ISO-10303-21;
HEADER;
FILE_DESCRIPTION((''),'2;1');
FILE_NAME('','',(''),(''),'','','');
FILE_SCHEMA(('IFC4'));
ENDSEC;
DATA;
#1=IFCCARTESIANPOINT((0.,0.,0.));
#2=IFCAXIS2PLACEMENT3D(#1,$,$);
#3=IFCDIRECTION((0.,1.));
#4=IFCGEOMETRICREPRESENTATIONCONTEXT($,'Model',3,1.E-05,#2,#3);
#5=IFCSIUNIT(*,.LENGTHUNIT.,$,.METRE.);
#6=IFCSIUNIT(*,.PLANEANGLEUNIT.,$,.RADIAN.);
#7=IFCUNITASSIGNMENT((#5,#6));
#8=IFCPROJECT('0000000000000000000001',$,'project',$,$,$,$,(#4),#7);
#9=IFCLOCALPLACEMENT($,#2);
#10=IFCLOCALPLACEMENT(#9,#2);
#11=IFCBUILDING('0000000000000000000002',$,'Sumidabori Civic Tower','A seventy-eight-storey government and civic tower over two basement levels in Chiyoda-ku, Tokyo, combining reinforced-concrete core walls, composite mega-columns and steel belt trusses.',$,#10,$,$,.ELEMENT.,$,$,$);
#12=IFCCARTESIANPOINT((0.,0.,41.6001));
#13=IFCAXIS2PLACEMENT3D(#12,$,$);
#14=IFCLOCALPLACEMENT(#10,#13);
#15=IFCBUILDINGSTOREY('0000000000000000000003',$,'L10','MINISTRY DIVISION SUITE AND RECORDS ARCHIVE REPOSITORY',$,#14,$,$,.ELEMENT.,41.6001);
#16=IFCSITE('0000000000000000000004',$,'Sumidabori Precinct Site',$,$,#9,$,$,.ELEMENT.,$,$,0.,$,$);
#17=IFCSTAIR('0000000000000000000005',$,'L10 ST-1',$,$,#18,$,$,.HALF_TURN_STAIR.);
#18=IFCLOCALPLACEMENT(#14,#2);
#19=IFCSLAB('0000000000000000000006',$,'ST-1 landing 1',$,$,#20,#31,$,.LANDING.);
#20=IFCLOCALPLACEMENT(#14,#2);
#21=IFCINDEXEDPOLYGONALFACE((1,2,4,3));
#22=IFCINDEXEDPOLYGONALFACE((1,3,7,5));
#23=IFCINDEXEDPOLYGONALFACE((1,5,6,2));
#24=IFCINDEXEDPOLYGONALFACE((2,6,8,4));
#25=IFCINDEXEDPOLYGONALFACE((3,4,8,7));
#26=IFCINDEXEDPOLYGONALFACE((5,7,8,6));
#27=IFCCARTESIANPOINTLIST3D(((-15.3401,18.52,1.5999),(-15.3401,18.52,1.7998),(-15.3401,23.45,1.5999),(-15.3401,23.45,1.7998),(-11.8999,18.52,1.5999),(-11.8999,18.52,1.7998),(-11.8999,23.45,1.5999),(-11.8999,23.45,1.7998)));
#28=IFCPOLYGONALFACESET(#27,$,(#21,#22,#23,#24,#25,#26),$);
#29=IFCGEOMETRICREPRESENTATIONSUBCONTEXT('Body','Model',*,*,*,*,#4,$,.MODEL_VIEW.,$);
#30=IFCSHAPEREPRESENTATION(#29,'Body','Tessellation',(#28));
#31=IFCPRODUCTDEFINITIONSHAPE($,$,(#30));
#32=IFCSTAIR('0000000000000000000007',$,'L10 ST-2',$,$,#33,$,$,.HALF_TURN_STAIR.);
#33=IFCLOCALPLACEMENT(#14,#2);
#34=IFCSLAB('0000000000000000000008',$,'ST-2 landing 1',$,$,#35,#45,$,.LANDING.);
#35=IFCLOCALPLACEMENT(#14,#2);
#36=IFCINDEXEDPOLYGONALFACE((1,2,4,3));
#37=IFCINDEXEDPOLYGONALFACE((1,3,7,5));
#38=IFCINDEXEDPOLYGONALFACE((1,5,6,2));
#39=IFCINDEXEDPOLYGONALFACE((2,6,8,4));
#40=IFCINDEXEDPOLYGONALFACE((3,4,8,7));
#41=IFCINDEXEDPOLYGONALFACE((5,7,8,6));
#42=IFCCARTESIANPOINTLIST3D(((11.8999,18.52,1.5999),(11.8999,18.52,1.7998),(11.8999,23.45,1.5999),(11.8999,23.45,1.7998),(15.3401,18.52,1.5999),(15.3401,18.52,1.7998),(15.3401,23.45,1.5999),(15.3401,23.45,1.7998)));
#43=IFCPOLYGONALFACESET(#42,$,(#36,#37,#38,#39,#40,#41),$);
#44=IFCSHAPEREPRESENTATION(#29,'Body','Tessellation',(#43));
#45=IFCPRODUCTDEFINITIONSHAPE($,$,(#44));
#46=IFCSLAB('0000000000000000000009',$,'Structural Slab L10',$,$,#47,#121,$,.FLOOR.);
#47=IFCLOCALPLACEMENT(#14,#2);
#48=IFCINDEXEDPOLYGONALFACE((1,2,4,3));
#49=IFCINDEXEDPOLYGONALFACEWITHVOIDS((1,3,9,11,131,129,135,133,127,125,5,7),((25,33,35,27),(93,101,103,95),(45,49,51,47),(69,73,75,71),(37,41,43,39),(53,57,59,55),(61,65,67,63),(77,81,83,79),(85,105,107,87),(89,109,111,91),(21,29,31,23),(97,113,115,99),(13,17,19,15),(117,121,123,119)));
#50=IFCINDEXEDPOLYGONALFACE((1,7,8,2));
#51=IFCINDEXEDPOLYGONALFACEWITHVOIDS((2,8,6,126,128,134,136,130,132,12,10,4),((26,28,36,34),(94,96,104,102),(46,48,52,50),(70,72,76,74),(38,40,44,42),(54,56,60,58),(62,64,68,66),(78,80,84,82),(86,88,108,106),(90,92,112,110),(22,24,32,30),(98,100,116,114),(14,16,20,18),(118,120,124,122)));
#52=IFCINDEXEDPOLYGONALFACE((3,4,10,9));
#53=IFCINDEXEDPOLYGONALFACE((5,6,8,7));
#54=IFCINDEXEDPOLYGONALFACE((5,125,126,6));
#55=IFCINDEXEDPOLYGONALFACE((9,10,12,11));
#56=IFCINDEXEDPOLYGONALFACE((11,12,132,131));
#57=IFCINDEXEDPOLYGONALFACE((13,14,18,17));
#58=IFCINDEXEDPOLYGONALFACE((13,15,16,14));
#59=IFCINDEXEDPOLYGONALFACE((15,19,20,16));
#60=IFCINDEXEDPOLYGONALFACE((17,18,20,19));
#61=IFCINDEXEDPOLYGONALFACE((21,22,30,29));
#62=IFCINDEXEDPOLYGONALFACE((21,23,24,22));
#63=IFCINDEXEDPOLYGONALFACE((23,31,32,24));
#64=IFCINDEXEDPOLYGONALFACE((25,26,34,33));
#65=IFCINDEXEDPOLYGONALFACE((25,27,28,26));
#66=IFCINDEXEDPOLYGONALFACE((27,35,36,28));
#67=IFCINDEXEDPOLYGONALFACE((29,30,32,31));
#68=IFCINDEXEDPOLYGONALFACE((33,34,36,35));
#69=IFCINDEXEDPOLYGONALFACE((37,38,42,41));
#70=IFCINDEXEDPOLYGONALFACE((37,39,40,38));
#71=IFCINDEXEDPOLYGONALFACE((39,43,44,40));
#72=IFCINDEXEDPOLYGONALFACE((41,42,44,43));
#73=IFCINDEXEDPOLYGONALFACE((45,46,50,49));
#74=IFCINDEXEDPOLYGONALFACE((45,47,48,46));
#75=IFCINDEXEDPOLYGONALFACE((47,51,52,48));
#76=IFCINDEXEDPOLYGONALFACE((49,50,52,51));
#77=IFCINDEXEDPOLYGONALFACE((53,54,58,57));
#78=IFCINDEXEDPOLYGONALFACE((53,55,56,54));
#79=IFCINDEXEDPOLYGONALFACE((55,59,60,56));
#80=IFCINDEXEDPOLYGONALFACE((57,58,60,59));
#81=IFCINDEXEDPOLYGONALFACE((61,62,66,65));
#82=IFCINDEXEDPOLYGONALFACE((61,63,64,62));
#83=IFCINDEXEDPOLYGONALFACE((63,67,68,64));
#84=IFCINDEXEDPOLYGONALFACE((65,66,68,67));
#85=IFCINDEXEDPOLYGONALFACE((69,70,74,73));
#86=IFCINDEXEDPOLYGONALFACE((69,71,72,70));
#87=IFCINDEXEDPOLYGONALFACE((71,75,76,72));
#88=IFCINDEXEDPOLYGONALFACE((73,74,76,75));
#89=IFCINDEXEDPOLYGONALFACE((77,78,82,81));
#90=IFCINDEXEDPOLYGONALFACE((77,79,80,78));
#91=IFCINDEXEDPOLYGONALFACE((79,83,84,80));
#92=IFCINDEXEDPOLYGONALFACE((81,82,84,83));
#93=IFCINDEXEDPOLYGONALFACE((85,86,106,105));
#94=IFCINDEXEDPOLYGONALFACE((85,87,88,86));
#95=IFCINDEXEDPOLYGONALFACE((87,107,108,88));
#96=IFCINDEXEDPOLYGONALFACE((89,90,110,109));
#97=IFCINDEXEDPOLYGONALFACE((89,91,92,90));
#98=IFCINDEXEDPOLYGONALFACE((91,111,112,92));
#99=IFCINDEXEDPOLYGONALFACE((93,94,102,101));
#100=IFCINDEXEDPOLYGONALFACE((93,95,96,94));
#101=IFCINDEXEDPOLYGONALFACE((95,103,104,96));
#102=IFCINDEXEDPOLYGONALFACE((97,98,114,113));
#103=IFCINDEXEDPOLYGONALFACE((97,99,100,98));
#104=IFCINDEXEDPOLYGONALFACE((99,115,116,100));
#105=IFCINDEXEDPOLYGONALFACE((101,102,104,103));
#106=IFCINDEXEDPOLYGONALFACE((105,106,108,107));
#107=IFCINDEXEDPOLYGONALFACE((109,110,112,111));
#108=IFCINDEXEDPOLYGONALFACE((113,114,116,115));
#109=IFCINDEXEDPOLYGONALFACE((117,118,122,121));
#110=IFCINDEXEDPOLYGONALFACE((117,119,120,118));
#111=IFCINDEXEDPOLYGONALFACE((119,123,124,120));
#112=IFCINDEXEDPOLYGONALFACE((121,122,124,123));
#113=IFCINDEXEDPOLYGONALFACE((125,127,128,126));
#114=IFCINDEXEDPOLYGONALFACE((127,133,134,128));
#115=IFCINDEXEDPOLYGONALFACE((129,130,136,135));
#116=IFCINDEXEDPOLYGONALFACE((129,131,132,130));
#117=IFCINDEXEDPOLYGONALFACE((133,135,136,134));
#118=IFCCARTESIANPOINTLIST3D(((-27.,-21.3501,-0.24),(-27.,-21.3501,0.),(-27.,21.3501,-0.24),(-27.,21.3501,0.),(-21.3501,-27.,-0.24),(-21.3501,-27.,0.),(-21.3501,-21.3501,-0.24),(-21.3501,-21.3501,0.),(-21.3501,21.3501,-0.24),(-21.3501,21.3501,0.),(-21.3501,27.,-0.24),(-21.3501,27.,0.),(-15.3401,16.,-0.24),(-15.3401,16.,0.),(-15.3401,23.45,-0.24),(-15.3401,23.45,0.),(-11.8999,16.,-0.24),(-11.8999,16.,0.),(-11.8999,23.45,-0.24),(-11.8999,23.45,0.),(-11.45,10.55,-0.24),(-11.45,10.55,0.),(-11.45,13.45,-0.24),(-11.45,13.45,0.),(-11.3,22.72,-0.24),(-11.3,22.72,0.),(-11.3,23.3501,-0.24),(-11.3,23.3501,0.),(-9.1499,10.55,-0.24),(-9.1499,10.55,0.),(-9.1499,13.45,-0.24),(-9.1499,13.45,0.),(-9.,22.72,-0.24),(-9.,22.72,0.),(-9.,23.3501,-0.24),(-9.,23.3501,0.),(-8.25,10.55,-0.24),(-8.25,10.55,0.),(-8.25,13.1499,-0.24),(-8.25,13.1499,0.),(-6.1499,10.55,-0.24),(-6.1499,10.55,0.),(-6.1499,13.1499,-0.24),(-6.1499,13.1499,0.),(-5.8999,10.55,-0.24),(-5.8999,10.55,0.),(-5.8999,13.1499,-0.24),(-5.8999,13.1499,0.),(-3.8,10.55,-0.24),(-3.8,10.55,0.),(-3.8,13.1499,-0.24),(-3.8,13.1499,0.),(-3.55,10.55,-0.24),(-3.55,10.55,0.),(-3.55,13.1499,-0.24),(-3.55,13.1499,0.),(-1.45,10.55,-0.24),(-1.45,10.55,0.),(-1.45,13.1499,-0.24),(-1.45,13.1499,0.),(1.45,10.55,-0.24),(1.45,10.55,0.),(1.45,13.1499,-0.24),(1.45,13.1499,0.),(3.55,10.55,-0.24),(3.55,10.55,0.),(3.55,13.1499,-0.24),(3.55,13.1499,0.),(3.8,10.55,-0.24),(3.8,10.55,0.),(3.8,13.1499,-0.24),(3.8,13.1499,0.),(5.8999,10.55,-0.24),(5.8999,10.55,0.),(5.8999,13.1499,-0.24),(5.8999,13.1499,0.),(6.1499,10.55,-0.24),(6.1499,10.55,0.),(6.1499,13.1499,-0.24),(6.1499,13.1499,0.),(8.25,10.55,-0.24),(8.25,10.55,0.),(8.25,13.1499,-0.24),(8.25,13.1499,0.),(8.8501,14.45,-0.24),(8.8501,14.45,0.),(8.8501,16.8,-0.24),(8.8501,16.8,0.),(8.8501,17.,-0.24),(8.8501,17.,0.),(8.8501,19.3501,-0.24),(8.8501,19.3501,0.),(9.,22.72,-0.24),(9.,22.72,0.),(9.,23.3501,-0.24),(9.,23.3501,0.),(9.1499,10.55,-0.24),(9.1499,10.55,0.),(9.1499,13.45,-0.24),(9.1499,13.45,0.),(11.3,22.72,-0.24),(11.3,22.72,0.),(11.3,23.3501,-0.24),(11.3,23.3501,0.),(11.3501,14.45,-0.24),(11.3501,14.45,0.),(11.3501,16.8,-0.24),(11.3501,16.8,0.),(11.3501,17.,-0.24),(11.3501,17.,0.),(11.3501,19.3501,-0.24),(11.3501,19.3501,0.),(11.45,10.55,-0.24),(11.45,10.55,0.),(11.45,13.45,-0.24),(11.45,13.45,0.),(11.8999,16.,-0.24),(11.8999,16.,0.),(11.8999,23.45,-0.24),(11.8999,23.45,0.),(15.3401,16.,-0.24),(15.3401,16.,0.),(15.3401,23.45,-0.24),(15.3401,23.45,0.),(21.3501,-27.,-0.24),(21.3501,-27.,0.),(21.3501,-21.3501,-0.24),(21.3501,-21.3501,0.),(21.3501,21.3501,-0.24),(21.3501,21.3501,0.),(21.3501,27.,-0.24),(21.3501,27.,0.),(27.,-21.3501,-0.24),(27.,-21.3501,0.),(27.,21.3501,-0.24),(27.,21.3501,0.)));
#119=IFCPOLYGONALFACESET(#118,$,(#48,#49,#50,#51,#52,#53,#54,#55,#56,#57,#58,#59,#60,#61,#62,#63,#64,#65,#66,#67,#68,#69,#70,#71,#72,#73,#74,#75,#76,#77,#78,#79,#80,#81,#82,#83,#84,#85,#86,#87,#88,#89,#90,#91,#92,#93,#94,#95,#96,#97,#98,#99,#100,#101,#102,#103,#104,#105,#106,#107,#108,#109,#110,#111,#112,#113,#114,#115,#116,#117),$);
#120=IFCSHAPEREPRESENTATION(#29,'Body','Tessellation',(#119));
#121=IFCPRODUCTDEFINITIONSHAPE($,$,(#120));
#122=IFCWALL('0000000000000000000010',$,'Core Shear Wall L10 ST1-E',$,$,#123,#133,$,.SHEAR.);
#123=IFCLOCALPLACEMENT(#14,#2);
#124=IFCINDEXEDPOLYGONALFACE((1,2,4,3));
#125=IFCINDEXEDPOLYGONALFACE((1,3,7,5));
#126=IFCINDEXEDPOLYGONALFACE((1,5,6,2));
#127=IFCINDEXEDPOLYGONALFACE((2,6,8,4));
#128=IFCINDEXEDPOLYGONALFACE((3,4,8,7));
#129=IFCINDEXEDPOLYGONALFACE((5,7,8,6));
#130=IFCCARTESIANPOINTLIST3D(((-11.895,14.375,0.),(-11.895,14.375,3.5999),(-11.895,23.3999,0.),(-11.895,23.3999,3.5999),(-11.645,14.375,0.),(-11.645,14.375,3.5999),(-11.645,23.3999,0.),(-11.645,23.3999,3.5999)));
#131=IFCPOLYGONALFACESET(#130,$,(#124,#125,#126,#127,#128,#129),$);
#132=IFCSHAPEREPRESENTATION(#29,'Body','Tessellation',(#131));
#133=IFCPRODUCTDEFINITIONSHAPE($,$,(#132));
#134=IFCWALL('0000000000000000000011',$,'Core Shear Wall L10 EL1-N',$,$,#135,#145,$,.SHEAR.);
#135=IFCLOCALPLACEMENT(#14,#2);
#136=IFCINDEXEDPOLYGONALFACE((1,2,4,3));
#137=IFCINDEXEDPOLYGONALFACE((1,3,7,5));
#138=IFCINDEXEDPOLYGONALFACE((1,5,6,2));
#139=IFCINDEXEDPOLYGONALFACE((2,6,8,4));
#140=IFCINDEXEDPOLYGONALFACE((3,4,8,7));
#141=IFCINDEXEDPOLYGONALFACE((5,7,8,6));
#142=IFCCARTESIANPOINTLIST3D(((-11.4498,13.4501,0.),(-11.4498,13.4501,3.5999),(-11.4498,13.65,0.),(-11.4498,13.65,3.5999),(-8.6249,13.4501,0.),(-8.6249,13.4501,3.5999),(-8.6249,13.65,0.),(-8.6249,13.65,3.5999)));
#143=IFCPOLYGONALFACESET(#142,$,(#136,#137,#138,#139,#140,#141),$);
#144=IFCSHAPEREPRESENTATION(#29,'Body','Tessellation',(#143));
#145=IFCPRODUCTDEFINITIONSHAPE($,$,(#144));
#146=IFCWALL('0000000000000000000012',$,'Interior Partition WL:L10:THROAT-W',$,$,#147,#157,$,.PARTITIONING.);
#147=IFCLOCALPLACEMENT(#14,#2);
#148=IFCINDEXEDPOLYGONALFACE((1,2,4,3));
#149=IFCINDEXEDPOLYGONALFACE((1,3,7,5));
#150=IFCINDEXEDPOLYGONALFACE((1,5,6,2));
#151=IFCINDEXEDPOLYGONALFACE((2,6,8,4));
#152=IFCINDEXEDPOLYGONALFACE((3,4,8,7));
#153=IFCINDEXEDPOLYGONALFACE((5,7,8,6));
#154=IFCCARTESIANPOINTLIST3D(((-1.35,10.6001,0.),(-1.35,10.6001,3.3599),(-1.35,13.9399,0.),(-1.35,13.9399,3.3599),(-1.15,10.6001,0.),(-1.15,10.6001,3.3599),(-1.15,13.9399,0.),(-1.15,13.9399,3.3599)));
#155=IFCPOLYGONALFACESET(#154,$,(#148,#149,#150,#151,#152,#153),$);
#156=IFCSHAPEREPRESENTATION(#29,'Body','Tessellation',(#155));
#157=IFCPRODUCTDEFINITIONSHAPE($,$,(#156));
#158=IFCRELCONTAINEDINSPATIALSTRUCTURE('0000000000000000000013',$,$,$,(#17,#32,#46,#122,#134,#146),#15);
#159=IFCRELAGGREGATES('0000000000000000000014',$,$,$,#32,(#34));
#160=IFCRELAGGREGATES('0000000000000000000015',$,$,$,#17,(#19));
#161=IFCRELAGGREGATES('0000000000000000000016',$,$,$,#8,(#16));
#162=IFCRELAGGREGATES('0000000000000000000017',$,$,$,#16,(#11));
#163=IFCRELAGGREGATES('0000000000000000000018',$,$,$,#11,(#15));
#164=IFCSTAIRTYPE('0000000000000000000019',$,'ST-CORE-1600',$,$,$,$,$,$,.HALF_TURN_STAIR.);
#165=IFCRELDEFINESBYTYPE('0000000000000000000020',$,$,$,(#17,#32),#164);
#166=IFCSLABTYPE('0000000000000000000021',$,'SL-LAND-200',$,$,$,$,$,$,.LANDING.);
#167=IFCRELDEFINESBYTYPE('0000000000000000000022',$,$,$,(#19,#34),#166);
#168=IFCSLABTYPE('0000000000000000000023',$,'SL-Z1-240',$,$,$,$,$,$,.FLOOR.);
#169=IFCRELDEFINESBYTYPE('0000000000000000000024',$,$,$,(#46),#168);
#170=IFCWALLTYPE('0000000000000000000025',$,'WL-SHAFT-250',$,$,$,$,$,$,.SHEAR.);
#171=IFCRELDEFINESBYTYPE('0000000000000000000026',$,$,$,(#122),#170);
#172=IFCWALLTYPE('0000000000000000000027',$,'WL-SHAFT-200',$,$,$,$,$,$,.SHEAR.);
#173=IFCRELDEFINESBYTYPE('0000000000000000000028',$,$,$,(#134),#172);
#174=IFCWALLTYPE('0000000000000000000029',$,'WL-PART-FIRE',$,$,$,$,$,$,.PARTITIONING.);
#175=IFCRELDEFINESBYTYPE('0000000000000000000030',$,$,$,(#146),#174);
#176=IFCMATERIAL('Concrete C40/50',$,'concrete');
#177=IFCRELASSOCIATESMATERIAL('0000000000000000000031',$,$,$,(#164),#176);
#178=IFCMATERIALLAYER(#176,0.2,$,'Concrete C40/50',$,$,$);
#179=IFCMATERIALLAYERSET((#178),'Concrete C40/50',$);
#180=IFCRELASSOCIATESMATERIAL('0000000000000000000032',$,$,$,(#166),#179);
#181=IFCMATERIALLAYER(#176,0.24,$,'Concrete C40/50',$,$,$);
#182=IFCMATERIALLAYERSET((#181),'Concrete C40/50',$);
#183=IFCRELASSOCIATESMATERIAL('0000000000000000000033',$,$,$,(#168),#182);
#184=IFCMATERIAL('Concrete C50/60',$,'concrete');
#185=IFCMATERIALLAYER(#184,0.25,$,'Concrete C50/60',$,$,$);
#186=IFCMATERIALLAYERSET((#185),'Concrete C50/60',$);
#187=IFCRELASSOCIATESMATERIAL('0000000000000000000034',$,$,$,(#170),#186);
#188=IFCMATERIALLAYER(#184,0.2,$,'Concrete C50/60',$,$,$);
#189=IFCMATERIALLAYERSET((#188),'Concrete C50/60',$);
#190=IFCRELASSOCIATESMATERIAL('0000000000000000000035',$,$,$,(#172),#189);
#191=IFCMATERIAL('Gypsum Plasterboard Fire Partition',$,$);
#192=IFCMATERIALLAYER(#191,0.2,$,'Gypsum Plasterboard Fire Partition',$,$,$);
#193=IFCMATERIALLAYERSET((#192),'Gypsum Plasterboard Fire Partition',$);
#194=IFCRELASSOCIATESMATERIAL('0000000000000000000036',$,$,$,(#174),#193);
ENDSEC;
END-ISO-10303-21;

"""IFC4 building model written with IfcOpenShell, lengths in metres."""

from ifc_helpers import new_model, si_unit, direction, frame, frame_2d, origin, place, context, subcontext, project, spatial, polyline, rectangle, outline, extrude, source, transform, mapped, material, layer, layer_set, type_object, element, aggregate, save


model = new_model("IFC4")

# Units and contexts
model_context = context("Model", 3, precision=1e-05, world=origin(), true_north=direction((0.0, 1.0)))
body_context = subcontext(model_context, "Body", "Model", "MODEL_VIEW")
ifc_project = project(units=[si_unit("LENGTHUNIT", "METRE"), si_unit("PLANEANGLEUNIT", "RADIAN")], contexts=[model_context])

# Site, building, storey
site_placement = place(None, origin())
site = spatial("IfcSite", under=ifc_project, at=site_placement, Name="Sumidabori Precinct Site", CompositionType="ELEMENT", RefElevation=0.0)
building_placement = place(site_placement, origin())
building = spatial("IfcBuilding", under=site, at=building_placement, Name="Sumidabori Civic Tower", Description="A seventy-eight-storey government and civic tower over two basement levels in Chiyoda-ku, Tokyo, combining reinforced-concrete core walls, composite mega-columns and steel belt trusses.", CompositionType="ELEMENT")
storey_placement = place(building_placement, frame((0.0, 0.0, 41.6001)))
storey = spatial("IfcBuildingStorey", under=building, at=storey_placement, Name="L10", Description="MINISTRY DIVISION SUITE AND RECORDS ARCHIVE REPOSITORY", CompositionType="ELEMENT", Elevation=41.6001)

# Stairs, slabs
ifc_material_1 = material(Name="Concrete C40/50", Category="concrete")
stair_type = type_object("IfcStairType", Name="ST-CORE-1600", PredefinedType="HALF_TURN_STAIR", material=ifc_material_1)
stair_1_placement = place(storey_placement, origin())
stair_1 = element("IfcStair", 1, at=stair_1_placement, inside=storey, type_object=stair_type, Name="L10 ST-1", PredefinedType="HALF_TURN_STAIR")
ifc_layer_1 = layer(ifc_material_1, 0.2, Name="Concrete C40/50")
ifc_layer_set_1 = layer_set([ifc_layer_1], Name="Concrete C40/50")
slab_type_1 = type_object("IfcSlabType", Name="SL-LAND-200", PredefinedType="LANDING", material=ifc_layer_set_1)
slab_1_placement = place(storey_placement, frame((0.0, 0.0, 1.5999)))
slab_1 = element("IfcSlab", 2, at=slab_1_placement, type_object=slab_type_1, Name="ST-1 landing 1", PredefinedType="LANDING", context=body_context, shape_type="SweptSolid", body=[
    extrude(outline(polyline([(-11.8999, 18.52), (-11.8999, 23.45), (-15.3401, 23.45), (-15.3401, 18.52), (-11.8999, 18.52)])), origin(), (0.0, 0.0, 1.0), 0.2),
])
stair_2_placement = place(storey_placement, origin())
stair_2 = element("IfcStair", 3, at=stair_2_placement, inside=storey, type_object=stair_type, Name="L10 ST-2", PredefinedType="HALF_TURN_STAIR")
slab_2_placement = place(storey_placement, frame((0.0, 0.0, 1.5999)))
slab_2 = element("IfcSlab", 4, at=slab_2_placement, type_object=slab_type_1, Name="ST-2 landing 1", PredefinedType="LANDING", context=body_context, shape_type="SweptSolid", body=[
    extrude(outline(polyline([(15.3401, 18.52), (15.3401, 23.45), (11.8999, 23.45), (11.8999, 18.52), (15.3401, 18.52)])), origin(), (0.0, 0.0, 1.0), 0.2),
])
aggregate(stair_2, [slab_2])

# Slab
ifc_layer_2 = layer(ifc_material_1, 0.24, Name="Concrete C40/50")
ifc_layer_set_2 = layer_set([ifc_layer_2], Name="Concrete C40/50")
slab_type_2 = type_object("IfcSlabType", Name="SL-Z1-240", PredefinedType="FLOOR", material=ifc_layer_set_2)
slab_3_placement = place(storey_placement, frame((0.0, 0.0, -0.24)))
element("IfcSlab", 5, at=slab_3_placement, inside=storey, type_object=slab_type_2, Name="Structural Slab L10", PredefinedType="FLOOR", context=body_context, shape_type="SweptSolid", body=[
    extrude(outline(polyline([(-21.3501, -27.0), (21.3501, -27.0), (21.3501, -21.3501), (27.0, -21.3501), (27.0, 21.3501), (21.3501, 21.3501), (21.3501, 27.0), (-21.3501, 27.0), (-21.3501, 21.3501), (-27.0, 21.3501), (-27.0, -21.3501), (-21.3501, -21.3501), (-21.3501, -27.0)]), holes=[polyline([(-11.8999, 16.0), (-11.8999, 23.45), (-15.3401, 23.45), (-15.3401, 16.0), (-11.8999, 16.0)]), polyline([(15.3401, 16.0), (15.3401, 23.45), (11.8999, 23.45), (11.8999, 16.0), (15.3401, 16.0)]), polyline([(-11.45, 10.55), (-9.1499, 10.55), (-9.1499, 13.45), (-11.45, 13.45), (-11.45, 10.55)]), polyline([(9.1499, 10.55), (11.45, 10.55), (11.45, 13.45), (9.1499, 13.45), (9.1499, 10.55)]), polyline([(-8.25, 10.55), (-6.1499, 10.55), (-6.1499, 13.1499), (-8.25, 13.1499), (-8.25, 10.55)]), polyline([(-5.8999, 10.55), (-3.8, 10.55), (-3.8, 13.1499), (-5.8999, 13.1499), (-5.8999, 10.55)]), polyline([(-3.55, 10.55), (-1.45, 10.55), (-1.45, 13.1499), (-3.55, 13.1499), (-3.55, 10.55)]), polyline([(1.45, 10.55), (3.55, 10.55), (3.55, 13.1499), (1.45, 13.1499), (1.45, 10.55)]), polyline([(3.8, 10.55), (5.8999, 10.55), (5.8999, 13.1499), (3.8, 13.1499), (3.8, 10.55)]), polyline([(6.1499, 10.55), (8.25, 10.55), (8.25, 13.1499), (6.1499, 13.1499), (6.1499, 10.55)]), polyline([(8.8501, 14.45), (11.3501, 14.45), (11.3501, 16.8), (8.8501, 16.8), (8.8501, 14.45)]), polyline([(8.8501, 17.0), (11.3501, 17.0), (11.3501, 19.3501), (8.8501, 19.3501), (8.8501, 17.0)]), polyline([(-11.3, 22.72), (-9.0, 22.72), (-9.0, 23.3501), (-11.3, 23.3501), (-11.3, 22.72)]), polyline([(9.0, 22.72), (11.3, 22.72), (11.3, 23.3501), (9.0, 23.3501), (9.0, 22.72)])]), origin(), (0.0, 0.0, 1.0), 0.24),
])

# Shared definitions
ifc_material_2 = material(Name="Concrete C50/60", Category="concrete")
ifc_layer_3 = layer(ifc_material_2, 0.25, Name="Concrete C50/60")
ifc_layer_set_3 = layer_set([ifc_layer_3], Name="Concrete C50/60")
wall_type_1 = type_object("IfcWallType", Name="WL-SHAFT-250", PredefinedType="SHEAR", material=ifc_layer_set_3)

# Wall
shared_shape_1 = source(origin(), body_context, "Body", "SweptSolid", [
    extrude(rectangle(XDim=9.0249, YDim=0.25, at=frame_2d((4.5125, 0.0))), origin(), (0.0, 0.0, 1.0), 3.5999),
])
wall_1_placement = place(storey_placement, frame((-11.77, 14.375, 0.0), z_axis=(0.0, 0.0, 1.0), x_axis=(0.0, 1.0, 0.0)))
element("IfcWall", 6, at=wall_1_placement, inside=storey, type_object=wall_type_1, Name="Core Shear Wall L10 ST1-E", PredefinedType="SHEAR", context=body_context, shape_type="MappedRepresentation", body=[
    mapped(shared_shape_1, transform((0.0, 0.0, 0.0), x_axis=(1.0, 0.0, 0.0), y_axis=(0.0, 1.0, 0.0), z_axis=(0.0, 0.0, 1.0), scale=1.0)),
])

# Shared definitions
ifc_layer_4 = layer(ifc_material_2, 0.2, Name="Concrete C50/60")
ifc_layer_set_4 = layer_set([ifc_layer_4], Name="Concrete C50/60")
wall_type_2 = type_object("IfcWallType", Name="WL-SHAFT-200", PredefinedType="SHEAR", material=ifc_layer_set_4)

# Wall
shared_shape_2 = source(origin(), body_context, "Body", "SweptSolid", [
    extrude(rectangle(XDim=2.825, YDim=0.2, at=frame_2d((1.4126, 0.0))), origin(), (0.0, 0.0, 1.0), 3.5999),
])
wall_2_placement = place(storey_placement, frame((-11.45, 13.55, 0.0), z_axis=(0.0, 0.0, 1.0), x_axis=(1.0, 0.0, 0.0)))
element("IfcWall", 7, at=wall_2_placement, inside=storey, type_object=wall_type_2, Name="Core Shear Wall L10 EL1-N", PredefinedType="SHEAR", context=body_context, shape_type="MappedRepresentation", body=[
    mapped(shared_shape_2, transform((0.0, 0.0, 0.0), x_axis=(1.0, 0.0, 0.0), y_axis=(0.0, 1.0, 0.0), z_axis=(0.0, 0.0, 1.0), scale=1.0)),
])

# Shared definitions
ifc_material_3 = material(Name="Gypsum Plasterboard Fire Partition")
ifc_layer_5 = layer(ifc_material_3, 0.2, Name="Gypsum Plasterboard Fire Partition")
ifc_layer_set_5 = layer_set([ifc_layer_5], Name="Gypsum Plasterboard Fire Partition")
wall_type_3 = type_object("IfcWallType", Name="WL-PART-FIRE", PredefinedType="PARTITIONING", material=ifc_layer_set_5)

# Wall
shared_shape_3 = source(origin(), body_context, "Body", "SweptSolid", [
    extrude(rectangle(XDim=3.3398, YDim=0.2, at=frame_2d((1.6699, 0.0))), origin(), (0.0, 0.0, 1.0), 3.3599),
])
wall_3_placement = place(storey_placement, frame((-1.25, 10.6001, 0.0), z_axis=(0.0, 0.0, 1.0), x_axis=(0.0, 1.0, 0.0)))
element("IfcWall", 8, at=wall_3_placement, inside=storey, type_object=wall_type_3, Name="Interior Partition WL:L10:THROAT-W", PredefinedType="PARTITIONING", context=body_context, shape_type="MappedRepresentation", body=[
    mapped(shared_shape_3, transform((0.0, 0.0, 0.0), x_axis=(1.0, 0.0, 0.0), y_axis=(0.0, 1.0, 0.0), z_axis=(0.0, 0.0, 1.0), scale=1.0)),
])

aggregate(stair_1, [slab_1])

save(model, "model.ifc")
